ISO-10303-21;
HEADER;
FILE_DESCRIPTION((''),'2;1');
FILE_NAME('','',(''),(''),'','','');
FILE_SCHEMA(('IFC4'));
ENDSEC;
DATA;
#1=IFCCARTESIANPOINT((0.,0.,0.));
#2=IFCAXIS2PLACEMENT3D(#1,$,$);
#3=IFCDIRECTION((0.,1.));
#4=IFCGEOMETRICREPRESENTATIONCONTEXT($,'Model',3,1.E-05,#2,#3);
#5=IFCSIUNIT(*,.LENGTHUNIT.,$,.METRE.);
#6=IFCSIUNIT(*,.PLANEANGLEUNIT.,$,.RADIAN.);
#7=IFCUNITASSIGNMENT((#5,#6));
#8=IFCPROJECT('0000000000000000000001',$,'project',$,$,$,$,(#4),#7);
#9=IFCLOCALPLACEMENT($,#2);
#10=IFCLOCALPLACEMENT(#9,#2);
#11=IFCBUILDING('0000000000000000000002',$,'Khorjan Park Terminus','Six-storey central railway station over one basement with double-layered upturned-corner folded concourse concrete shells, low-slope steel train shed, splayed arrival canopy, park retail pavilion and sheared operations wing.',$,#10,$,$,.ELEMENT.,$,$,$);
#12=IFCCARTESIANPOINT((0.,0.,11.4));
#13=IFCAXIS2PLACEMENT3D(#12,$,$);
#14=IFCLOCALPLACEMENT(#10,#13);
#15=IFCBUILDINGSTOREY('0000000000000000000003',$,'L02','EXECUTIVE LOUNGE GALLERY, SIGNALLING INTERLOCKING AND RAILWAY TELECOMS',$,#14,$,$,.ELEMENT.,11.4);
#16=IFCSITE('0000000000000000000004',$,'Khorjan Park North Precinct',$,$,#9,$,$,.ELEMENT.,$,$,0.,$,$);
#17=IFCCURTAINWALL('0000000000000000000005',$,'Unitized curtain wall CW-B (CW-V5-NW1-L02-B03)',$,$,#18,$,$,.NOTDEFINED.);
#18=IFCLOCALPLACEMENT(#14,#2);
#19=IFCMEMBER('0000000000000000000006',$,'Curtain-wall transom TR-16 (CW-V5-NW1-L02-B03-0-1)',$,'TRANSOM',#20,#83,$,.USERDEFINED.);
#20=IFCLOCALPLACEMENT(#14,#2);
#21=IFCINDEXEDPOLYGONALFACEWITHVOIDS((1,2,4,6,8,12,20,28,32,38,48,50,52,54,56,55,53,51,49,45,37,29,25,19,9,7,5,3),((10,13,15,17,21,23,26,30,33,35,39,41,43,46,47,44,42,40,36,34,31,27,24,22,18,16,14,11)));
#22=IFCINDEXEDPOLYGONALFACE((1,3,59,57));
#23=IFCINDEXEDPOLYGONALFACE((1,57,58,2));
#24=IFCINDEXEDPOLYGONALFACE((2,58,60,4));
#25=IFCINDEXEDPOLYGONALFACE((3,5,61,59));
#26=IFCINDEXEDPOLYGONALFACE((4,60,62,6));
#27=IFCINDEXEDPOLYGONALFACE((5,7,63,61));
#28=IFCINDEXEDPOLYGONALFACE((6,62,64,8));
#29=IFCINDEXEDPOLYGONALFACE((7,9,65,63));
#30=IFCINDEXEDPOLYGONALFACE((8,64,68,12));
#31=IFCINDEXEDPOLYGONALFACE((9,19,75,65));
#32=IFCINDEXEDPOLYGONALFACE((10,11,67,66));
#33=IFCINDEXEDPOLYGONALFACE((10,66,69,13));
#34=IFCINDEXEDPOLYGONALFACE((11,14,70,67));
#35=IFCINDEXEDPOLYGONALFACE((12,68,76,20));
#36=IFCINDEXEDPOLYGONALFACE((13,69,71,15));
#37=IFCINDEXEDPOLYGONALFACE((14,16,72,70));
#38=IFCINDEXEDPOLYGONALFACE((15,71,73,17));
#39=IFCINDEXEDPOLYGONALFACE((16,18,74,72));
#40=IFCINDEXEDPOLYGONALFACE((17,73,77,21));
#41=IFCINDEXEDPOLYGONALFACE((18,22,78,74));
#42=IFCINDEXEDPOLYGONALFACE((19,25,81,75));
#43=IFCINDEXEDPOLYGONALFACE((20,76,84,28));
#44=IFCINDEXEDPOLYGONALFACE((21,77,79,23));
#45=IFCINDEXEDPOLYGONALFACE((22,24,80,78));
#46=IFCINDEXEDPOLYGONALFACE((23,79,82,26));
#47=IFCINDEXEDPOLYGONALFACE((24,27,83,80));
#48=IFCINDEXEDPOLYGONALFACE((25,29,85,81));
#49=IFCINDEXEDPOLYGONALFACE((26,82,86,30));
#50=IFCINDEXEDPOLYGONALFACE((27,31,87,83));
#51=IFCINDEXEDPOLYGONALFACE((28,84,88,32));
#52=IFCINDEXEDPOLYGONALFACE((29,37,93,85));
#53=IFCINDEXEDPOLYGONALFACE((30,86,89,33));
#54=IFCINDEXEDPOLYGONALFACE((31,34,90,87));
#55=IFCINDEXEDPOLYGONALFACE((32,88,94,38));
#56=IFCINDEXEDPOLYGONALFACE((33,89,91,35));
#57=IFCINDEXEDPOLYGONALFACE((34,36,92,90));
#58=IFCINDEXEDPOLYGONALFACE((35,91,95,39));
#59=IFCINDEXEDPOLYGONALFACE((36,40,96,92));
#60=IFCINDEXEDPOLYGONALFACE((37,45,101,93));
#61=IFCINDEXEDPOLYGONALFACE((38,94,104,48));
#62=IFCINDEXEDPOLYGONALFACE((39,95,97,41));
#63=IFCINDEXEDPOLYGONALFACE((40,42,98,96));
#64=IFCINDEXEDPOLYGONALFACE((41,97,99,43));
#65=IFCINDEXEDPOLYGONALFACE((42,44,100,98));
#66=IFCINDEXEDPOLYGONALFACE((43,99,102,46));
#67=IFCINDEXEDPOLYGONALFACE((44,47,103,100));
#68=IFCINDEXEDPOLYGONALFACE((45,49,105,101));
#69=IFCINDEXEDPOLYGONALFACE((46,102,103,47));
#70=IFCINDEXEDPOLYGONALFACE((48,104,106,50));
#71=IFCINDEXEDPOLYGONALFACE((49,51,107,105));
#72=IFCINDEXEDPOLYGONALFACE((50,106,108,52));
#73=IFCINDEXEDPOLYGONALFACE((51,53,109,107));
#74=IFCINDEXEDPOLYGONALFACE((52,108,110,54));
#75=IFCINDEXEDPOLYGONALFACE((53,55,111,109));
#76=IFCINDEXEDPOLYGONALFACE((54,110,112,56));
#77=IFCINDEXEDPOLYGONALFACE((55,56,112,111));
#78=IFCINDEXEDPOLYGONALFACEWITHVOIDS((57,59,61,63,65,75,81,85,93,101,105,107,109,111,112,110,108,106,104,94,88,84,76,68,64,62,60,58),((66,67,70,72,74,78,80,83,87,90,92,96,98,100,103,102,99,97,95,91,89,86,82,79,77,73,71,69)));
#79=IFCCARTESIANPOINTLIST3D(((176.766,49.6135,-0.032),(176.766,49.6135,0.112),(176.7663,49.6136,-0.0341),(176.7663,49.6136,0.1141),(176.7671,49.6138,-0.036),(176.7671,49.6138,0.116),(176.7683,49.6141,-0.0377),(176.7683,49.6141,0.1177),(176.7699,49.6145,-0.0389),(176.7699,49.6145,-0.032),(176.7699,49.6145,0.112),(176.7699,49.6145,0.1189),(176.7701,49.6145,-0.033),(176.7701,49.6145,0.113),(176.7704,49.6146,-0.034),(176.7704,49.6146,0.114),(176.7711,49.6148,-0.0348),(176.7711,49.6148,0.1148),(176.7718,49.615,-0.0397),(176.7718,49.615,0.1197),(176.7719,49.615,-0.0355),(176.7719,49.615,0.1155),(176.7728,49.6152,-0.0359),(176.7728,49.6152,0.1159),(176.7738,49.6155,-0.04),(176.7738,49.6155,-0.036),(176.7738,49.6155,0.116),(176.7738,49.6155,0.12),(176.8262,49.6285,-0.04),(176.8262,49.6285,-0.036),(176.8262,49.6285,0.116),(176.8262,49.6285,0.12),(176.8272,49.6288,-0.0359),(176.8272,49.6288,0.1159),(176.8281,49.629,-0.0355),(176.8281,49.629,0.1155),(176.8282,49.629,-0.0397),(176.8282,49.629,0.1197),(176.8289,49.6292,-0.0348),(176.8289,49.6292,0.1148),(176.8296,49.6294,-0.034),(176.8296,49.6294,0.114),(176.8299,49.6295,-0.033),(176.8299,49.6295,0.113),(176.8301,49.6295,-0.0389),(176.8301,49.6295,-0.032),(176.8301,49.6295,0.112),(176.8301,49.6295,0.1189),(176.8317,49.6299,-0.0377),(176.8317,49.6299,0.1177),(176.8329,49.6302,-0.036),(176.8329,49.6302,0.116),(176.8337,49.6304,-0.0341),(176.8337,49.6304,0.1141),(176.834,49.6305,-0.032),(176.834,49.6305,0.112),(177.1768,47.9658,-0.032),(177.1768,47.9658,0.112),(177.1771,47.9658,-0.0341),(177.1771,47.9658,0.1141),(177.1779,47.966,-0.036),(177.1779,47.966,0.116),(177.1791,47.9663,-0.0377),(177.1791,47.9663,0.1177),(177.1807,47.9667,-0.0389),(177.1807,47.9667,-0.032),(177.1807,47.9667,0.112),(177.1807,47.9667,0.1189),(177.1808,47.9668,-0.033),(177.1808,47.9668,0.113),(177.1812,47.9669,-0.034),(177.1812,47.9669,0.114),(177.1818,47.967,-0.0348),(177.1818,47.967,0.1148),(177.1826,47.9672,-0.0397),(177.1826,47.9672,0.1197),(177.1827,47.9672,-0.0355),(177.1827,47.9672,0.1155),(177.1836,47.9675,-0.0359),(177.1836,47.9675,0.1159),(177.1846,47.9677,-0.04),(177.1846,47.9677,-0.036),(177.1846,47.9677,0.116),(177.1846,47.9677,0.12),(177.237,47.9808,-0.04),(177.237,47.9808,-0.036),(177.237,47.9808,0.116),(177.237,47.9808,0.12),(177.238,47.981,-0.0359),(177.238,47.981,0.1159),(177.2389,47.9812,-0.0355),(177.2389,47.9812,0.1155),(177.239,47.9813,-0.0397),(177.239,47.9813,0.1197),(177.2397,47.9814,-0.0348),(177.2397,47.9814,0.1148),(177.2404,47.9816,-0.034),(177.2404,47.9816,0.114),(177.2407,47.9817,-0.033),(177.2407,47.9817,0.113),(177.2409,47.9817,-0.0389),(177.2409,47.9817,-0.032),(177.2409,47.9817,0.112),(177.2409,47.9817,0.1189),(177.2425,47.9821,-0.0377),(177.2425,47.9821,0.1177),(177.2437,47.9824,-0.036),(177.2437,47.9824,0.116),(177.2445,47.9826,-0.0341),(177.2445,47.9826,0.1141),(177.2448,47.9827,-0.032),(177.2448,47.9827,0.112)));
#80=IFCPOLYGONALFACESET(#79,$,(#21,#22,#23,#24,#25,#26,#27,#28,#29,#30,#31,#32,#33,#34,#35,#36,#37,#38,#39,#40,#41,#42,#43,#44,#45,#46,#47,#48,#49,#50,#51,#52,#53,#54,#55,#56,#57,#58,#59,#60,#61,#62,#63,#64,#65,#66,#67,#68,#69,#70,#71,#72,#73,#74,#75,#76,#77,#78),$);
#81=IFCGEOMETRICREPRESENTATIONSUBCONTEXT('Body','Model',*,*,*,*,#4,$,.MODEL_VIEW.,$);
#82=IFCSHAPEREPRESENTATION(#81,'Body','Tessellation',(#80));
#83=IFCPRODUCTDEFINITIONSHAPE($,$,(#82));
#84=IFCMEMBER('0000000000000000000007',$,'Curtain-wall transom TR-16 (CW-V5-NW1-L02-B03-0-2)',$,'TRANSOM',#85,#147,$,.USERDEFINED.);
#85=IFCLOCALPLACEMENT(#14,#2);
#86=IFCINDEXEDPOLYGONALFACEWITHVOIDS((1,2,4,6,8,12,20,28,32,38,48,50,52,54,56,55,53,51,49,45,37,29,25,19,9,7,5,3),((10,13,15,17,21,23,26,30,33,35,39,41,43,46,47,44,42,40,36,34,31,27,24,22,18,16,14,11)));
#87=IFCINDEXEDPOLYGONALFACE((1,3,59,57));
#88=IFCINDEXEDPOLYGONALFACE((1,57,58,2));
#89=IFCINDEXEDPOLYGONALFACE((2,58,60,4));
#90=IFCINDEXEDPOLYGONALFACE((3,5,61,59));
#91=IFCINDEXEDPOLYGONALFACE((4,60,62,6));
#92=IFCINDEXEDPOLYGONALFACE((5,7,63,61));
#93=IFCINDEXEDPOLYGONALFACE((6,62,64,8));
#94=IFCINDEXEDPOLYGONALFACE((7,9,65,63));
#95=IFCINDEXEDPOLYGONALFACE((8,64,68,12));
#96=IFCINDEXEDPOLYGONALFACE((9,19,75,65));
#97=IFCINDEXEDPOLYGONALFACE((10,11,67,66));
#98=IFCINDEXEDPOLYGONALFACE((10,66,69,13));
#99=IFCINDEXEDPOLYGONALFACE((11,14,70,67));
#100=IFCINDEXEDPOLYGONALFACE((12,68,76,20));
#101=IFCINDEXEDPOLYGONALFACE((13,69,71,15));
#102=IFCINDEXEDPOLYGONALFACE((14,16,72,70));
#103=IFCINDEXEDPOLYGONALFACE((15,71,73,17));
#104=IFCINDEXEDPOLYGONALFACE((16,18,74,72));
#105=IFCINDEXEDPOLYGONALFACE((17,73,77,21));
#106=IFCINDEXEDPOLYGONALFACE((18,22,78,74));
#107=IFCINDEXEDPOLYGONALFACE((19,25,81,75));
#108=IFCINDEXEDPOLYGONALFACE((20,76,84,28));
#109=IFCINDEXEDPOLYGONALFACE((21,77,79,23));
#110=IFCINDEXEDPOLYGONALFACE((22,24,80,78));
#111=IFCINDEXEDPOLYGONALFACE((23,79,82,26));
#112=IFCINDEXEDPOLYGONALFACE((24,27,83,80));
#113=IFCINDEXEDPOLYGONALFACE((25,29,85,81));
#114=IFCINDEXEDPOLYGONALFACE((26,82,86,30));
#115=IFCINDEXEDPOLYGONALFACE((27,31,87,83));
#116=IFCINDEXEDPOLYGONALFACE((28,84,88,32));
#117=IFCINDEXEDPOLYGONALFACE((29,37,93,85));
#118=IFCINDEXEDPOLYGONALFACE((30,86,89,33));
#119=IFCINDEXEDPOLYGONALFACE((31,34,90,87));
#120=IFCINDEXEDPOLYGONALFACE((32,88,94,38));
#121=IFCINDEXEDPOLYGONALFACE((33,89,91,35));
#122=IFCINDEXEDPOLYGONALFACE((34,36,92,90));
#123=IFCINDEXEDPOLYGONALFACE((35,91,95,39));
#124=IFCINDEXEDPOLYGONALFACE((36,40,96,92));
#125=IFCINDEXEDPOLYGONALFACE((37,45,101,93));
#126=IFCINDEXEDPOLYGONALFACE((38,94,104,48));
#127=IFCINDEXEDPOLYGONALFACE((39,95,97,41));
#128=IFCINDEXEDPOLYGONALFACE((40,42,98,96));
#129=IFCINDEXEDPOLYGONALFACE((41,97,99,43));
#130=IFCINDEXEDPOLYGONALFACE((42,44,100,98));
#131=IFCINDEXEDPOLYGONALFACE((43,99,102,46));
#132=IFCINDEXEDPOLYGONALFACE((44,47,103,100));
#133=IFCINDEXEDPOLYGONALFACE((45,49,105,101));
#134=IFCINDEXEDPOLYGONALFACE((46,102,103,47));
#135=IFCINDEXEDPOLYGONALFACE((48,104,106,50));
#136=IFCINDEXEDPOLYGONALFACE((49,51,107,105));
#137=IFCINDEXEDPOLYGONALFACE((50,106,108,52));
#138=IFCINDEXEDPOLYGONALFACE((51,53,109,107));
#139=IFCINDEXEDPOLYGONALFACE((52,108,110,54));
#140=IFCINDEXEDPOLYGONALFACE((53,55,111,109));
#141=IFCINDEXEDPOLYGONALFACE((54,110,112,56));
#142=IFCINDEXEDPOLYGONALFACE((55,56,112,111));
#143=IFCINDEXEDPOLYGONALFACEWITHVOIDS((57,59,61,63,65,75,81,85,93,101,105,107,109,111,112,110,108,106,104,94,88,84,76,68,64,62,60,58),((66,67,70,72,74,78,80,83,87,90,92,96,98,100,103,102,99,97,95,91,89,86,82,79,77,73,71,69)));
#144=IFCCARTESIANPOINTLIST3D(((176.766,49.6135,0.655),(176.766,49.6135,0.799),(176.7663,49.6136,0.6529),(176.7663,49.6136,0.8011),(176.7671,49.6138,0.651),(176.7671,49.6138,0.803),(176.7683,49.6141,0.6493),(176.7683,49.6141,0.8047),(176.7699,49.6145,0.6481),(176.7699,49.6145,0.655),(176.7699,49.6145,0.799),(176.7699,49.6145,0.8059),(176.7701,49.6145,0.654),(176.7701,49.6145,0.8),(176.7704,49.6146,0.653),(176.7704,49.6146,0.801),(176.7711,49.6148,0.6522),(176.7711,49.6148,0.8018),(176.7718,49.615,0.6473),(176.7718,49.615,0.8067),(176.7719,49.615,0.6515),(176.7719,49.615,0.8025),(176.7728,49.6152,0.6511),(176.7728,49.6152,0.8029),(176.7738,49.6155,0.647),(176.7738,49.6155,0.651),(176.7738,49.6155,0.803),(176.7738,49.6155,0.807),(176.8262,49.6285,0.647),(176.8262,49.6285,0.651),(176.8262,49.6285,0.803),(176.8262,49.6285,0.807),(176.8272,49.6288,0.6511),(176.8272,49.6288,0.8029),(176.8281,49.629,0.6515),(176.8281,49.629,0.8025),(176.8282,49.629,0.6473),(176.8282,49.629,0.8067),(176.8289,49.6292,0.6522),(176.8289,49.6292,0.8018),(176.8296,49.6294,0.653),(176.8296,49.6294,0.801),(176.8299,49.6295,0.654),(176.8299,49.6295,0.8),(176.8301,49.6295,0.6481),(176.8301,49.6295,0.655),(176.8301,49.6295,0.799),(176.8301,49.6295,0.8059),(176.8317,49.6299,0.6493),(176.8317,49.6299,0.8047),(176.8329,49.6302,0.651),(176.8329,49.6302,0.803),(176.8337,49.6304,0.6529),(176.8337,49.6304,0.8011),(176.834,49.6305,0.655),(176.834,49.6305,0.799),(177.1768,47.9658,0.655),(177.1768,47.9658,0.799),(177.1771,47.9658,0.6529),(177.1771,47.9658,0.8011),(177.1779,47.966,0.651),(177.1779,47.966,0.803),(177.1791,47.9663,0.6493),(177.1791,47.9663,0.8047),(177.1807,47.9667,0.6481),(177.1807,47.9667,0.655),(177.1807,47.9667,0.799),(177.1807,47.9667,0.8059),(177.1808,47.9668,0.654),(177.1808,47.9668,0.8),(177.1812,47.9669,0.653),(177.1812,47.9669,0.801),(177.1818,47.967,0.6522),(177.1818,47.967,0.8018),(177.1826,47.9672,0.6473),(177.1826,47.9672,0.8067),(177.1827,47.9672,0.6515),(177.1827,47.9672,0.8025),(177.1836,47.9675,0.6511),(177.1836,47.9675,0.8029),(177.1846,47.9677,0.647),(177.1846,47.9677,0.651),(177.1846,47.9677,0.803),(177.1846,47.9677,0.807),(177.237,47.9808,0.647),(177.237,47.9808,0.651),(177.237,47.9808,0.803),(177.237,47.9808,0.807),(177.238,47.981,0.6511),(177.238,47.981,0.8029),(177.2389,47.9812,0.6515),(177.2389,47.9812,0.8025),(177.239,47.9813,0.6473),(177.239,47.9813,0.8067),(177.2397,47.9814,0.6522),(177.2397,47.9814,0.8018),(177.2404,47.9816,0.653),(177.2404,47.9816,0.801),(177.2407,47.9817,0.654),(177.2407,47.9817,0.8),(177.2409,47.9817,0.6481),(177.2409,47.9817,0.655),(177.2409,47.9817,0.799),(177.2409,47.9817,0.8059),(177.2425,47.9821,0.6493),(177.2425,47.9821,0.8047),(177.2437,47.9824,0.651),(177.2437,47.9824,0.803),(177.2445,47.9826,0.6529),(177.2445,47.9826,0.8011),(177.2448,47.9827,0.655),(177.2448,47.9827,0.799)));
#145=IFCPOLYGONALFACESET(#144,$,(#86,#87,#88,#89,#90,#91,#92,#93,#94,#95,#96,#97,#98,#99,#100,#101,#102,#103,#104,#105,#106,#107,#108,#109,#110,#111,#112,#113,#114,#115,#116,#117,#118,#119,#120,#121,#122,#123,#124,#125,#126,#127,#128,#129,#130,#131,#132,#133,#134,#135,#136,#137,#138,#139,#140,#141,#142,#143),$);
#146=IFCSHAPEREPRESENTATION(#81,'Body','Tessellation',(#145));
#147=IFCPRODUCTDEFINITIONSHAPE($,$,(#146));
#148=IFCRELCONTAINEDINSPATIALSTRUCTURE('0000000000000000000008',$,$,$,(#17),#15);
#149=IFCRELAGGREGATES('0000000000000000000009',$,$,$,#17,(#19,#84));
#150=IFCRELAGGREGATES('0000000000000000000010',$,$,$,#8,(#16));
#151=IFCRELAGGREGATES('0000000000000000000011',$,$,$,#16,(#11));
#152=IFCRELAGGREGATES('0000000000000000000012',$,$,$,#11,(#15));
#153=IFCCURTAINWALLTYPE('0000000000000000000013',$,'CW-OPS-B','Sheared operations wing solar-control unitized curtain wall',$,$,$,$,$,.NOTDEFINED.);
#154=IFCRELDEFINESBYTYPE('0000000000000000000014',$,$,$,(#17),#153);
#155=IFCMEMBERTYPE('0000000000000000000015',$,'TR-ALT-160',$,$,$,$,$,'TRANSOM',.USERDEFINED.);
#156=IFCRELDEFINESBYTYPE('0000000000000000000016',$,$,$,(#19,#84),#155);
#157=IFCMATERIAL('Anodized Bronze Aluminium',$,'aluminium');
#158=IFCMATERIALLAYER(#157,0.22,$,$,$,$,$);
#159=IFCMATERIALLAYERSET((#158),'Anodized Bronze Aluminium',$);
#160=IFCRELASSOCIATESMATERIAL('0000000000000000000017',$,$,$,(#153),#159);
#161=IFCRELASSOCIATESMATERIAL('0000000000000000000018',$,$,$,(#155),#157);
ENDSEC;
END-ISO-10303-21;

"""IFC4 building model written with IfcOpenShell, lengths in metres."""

from ifc_helpers import new_model, si_unit, direction, frame, origin, origin_2d, place, context, subcontext, project, spatial, hollow_rectangle, extrude, material, layer, layer_set, material_profile, profile_set, type_object, element, aggregate, save


model = new_model("IFC4")

# Units and contexts
model_context = context("Model", 3, precision=1e-05, world=origin(), true_north=direction((0.0, 1.0)))
body_context = subcontext(model_context, "Body", "Model", "MODEL_VIEW")
ifc_project = project(units=[si_unit("LENGTHUNIT", "METRE"), si_unit("PLANEANGLEUNIT", "RADIAN")], contexts=[model_context])

# Site, building, storey
site_placement = place(None, origin())
site = spatial("IfcSite", under=ifc_project, at=site_placement, Name="Khorjan Park North Precinct", CompositionType="ELEMENT", RefElevation=0.0)
building_placement = place(site_placement, origin())
building = spatial("IfcBuilding", under=site, at=building_placement, Name="Khorjan Park Terminus", Description="Six-storey central railway station over one basement with double-layered upturned-corner folded concourse concrete shells, low-slope steel train shed, splayed arrival canopy, park retail pavilion and sheared operations wing.", CompositionType="ELEMENT")
storey_placement = place(building_placement, frame((0.0, 0.0, 11.4)))
storey = spatial("IfcBuildingStorey", under=building, at=storey_placement, Name="L02", Description="EXECUTIVE LOUNGE GALLERY, SIGNALLING INTERLOCKING AND RAILWAY TELECOMS", CompositionType="ELEMENT", Elevation=11.4)

# Shared definitions
ifc_material_1 = material(Name="Anodized Bronze Aluminium", Category="aluminium")
ifc_layer_1 = layer(ifc_material_1, 0.22)
ifc_layer_set_1 = layer_set([ifc_layer_1], Name="Anodized Bronze Aluminium")
curtain_wall_type = type_object("IfcCurtainWallType", Name="CW-OPS-B", Description="Sheared operations wing solar-control unitized curtain wall", PredefinedType="NOTDEFINED", material=ifc_layer_set_1)

# Curtain wall
curtain_wall_1_placement = place(storey_placement, origin())
curtain_wall_1 = element("IfcCurtainWall", 1, at=curtain_wall_1_placement, inside=storey, type_object=curtain_wall_type, Name="Unitized curtain wall CW-B (CW-V5-NW1-L02-B03)", PredefinedType="NOTDEFINED")

# Members
ifc_material_profile_1 = material_profile(ifc_material_1, hollow_rectangle(XDim=0.07, YDim=0.16, WallThickness=0.004, InnerFilletRadius=0.004, OuterFilletRadius=0.008, at=origin_2d()), Name="ALT 70x160x4")
ifc_profile_set_1 = profile_set([ifc_material_profile_1], Name="Anodized Bronze Aluminium")
member_type_1 = type_object("IfcMemberType", Name="TR-ALT-160", ElementType="TRANSOM", PredefinedType="USERDEFINED", material=ifc_profile_set_1)
member_1_placement = place(storey_placement, frame((176.8, 49.622, 0.04), z_axis=(0.241898, -0.970302, 0.0), x_axis=(0.970302, 0.241898, 0.0)))
member_1 = element("IfcMember", 2, at=member_1_placement, type_object=member_type_1, Name="Curtain-wall transom TR-16 (CW-V5-NW1-L02-B03-0-1)", ObjectType="TRANSOM", PredefinedType="USERDEFINED", context=body_context, shape_type="SweptSolid", body=[
    extrude(hollow_rectangle(XDim=0.07, YDim=0.16, WallThickness=0.004, InnerFilletRadius=0.004, OuterFilletRadius=0.008, at=origin_2d()), origin(), (0.0, 0.0, 1.0), 1.6982),
])
member_2_placement = place(storey_placement, frame((176.8, 49.622, 0.727), z_axis=(0.241898, -0.970302, 0.0), x_axis=(0.970302, 0.241898, 0.0)))
member_2 = element("IfcMember", 3, at=member_2_placement, type_object=member_type_1, Name="Curtain-wall transom TR-16 (CW-V5-NW1-L02-B03-0-2)", ObjectType="TRANSOM", PredefinedType="USERDEFINED", context=body_context, shape_type="SweptSolid", body=[
    extrude(hollow_rectangle(XDim=0.07, YDim=0.16, WallThickness=0.004, InnerFilletRadius=0.004, OuterFilletRadius=0.008, at=origin_2d()), origin(), (0.0, 0.0, 1.0), 1.6982),
])
aggregate(curtain_wall_1, [member_1, member_2])

save(model, "model.ifc")
